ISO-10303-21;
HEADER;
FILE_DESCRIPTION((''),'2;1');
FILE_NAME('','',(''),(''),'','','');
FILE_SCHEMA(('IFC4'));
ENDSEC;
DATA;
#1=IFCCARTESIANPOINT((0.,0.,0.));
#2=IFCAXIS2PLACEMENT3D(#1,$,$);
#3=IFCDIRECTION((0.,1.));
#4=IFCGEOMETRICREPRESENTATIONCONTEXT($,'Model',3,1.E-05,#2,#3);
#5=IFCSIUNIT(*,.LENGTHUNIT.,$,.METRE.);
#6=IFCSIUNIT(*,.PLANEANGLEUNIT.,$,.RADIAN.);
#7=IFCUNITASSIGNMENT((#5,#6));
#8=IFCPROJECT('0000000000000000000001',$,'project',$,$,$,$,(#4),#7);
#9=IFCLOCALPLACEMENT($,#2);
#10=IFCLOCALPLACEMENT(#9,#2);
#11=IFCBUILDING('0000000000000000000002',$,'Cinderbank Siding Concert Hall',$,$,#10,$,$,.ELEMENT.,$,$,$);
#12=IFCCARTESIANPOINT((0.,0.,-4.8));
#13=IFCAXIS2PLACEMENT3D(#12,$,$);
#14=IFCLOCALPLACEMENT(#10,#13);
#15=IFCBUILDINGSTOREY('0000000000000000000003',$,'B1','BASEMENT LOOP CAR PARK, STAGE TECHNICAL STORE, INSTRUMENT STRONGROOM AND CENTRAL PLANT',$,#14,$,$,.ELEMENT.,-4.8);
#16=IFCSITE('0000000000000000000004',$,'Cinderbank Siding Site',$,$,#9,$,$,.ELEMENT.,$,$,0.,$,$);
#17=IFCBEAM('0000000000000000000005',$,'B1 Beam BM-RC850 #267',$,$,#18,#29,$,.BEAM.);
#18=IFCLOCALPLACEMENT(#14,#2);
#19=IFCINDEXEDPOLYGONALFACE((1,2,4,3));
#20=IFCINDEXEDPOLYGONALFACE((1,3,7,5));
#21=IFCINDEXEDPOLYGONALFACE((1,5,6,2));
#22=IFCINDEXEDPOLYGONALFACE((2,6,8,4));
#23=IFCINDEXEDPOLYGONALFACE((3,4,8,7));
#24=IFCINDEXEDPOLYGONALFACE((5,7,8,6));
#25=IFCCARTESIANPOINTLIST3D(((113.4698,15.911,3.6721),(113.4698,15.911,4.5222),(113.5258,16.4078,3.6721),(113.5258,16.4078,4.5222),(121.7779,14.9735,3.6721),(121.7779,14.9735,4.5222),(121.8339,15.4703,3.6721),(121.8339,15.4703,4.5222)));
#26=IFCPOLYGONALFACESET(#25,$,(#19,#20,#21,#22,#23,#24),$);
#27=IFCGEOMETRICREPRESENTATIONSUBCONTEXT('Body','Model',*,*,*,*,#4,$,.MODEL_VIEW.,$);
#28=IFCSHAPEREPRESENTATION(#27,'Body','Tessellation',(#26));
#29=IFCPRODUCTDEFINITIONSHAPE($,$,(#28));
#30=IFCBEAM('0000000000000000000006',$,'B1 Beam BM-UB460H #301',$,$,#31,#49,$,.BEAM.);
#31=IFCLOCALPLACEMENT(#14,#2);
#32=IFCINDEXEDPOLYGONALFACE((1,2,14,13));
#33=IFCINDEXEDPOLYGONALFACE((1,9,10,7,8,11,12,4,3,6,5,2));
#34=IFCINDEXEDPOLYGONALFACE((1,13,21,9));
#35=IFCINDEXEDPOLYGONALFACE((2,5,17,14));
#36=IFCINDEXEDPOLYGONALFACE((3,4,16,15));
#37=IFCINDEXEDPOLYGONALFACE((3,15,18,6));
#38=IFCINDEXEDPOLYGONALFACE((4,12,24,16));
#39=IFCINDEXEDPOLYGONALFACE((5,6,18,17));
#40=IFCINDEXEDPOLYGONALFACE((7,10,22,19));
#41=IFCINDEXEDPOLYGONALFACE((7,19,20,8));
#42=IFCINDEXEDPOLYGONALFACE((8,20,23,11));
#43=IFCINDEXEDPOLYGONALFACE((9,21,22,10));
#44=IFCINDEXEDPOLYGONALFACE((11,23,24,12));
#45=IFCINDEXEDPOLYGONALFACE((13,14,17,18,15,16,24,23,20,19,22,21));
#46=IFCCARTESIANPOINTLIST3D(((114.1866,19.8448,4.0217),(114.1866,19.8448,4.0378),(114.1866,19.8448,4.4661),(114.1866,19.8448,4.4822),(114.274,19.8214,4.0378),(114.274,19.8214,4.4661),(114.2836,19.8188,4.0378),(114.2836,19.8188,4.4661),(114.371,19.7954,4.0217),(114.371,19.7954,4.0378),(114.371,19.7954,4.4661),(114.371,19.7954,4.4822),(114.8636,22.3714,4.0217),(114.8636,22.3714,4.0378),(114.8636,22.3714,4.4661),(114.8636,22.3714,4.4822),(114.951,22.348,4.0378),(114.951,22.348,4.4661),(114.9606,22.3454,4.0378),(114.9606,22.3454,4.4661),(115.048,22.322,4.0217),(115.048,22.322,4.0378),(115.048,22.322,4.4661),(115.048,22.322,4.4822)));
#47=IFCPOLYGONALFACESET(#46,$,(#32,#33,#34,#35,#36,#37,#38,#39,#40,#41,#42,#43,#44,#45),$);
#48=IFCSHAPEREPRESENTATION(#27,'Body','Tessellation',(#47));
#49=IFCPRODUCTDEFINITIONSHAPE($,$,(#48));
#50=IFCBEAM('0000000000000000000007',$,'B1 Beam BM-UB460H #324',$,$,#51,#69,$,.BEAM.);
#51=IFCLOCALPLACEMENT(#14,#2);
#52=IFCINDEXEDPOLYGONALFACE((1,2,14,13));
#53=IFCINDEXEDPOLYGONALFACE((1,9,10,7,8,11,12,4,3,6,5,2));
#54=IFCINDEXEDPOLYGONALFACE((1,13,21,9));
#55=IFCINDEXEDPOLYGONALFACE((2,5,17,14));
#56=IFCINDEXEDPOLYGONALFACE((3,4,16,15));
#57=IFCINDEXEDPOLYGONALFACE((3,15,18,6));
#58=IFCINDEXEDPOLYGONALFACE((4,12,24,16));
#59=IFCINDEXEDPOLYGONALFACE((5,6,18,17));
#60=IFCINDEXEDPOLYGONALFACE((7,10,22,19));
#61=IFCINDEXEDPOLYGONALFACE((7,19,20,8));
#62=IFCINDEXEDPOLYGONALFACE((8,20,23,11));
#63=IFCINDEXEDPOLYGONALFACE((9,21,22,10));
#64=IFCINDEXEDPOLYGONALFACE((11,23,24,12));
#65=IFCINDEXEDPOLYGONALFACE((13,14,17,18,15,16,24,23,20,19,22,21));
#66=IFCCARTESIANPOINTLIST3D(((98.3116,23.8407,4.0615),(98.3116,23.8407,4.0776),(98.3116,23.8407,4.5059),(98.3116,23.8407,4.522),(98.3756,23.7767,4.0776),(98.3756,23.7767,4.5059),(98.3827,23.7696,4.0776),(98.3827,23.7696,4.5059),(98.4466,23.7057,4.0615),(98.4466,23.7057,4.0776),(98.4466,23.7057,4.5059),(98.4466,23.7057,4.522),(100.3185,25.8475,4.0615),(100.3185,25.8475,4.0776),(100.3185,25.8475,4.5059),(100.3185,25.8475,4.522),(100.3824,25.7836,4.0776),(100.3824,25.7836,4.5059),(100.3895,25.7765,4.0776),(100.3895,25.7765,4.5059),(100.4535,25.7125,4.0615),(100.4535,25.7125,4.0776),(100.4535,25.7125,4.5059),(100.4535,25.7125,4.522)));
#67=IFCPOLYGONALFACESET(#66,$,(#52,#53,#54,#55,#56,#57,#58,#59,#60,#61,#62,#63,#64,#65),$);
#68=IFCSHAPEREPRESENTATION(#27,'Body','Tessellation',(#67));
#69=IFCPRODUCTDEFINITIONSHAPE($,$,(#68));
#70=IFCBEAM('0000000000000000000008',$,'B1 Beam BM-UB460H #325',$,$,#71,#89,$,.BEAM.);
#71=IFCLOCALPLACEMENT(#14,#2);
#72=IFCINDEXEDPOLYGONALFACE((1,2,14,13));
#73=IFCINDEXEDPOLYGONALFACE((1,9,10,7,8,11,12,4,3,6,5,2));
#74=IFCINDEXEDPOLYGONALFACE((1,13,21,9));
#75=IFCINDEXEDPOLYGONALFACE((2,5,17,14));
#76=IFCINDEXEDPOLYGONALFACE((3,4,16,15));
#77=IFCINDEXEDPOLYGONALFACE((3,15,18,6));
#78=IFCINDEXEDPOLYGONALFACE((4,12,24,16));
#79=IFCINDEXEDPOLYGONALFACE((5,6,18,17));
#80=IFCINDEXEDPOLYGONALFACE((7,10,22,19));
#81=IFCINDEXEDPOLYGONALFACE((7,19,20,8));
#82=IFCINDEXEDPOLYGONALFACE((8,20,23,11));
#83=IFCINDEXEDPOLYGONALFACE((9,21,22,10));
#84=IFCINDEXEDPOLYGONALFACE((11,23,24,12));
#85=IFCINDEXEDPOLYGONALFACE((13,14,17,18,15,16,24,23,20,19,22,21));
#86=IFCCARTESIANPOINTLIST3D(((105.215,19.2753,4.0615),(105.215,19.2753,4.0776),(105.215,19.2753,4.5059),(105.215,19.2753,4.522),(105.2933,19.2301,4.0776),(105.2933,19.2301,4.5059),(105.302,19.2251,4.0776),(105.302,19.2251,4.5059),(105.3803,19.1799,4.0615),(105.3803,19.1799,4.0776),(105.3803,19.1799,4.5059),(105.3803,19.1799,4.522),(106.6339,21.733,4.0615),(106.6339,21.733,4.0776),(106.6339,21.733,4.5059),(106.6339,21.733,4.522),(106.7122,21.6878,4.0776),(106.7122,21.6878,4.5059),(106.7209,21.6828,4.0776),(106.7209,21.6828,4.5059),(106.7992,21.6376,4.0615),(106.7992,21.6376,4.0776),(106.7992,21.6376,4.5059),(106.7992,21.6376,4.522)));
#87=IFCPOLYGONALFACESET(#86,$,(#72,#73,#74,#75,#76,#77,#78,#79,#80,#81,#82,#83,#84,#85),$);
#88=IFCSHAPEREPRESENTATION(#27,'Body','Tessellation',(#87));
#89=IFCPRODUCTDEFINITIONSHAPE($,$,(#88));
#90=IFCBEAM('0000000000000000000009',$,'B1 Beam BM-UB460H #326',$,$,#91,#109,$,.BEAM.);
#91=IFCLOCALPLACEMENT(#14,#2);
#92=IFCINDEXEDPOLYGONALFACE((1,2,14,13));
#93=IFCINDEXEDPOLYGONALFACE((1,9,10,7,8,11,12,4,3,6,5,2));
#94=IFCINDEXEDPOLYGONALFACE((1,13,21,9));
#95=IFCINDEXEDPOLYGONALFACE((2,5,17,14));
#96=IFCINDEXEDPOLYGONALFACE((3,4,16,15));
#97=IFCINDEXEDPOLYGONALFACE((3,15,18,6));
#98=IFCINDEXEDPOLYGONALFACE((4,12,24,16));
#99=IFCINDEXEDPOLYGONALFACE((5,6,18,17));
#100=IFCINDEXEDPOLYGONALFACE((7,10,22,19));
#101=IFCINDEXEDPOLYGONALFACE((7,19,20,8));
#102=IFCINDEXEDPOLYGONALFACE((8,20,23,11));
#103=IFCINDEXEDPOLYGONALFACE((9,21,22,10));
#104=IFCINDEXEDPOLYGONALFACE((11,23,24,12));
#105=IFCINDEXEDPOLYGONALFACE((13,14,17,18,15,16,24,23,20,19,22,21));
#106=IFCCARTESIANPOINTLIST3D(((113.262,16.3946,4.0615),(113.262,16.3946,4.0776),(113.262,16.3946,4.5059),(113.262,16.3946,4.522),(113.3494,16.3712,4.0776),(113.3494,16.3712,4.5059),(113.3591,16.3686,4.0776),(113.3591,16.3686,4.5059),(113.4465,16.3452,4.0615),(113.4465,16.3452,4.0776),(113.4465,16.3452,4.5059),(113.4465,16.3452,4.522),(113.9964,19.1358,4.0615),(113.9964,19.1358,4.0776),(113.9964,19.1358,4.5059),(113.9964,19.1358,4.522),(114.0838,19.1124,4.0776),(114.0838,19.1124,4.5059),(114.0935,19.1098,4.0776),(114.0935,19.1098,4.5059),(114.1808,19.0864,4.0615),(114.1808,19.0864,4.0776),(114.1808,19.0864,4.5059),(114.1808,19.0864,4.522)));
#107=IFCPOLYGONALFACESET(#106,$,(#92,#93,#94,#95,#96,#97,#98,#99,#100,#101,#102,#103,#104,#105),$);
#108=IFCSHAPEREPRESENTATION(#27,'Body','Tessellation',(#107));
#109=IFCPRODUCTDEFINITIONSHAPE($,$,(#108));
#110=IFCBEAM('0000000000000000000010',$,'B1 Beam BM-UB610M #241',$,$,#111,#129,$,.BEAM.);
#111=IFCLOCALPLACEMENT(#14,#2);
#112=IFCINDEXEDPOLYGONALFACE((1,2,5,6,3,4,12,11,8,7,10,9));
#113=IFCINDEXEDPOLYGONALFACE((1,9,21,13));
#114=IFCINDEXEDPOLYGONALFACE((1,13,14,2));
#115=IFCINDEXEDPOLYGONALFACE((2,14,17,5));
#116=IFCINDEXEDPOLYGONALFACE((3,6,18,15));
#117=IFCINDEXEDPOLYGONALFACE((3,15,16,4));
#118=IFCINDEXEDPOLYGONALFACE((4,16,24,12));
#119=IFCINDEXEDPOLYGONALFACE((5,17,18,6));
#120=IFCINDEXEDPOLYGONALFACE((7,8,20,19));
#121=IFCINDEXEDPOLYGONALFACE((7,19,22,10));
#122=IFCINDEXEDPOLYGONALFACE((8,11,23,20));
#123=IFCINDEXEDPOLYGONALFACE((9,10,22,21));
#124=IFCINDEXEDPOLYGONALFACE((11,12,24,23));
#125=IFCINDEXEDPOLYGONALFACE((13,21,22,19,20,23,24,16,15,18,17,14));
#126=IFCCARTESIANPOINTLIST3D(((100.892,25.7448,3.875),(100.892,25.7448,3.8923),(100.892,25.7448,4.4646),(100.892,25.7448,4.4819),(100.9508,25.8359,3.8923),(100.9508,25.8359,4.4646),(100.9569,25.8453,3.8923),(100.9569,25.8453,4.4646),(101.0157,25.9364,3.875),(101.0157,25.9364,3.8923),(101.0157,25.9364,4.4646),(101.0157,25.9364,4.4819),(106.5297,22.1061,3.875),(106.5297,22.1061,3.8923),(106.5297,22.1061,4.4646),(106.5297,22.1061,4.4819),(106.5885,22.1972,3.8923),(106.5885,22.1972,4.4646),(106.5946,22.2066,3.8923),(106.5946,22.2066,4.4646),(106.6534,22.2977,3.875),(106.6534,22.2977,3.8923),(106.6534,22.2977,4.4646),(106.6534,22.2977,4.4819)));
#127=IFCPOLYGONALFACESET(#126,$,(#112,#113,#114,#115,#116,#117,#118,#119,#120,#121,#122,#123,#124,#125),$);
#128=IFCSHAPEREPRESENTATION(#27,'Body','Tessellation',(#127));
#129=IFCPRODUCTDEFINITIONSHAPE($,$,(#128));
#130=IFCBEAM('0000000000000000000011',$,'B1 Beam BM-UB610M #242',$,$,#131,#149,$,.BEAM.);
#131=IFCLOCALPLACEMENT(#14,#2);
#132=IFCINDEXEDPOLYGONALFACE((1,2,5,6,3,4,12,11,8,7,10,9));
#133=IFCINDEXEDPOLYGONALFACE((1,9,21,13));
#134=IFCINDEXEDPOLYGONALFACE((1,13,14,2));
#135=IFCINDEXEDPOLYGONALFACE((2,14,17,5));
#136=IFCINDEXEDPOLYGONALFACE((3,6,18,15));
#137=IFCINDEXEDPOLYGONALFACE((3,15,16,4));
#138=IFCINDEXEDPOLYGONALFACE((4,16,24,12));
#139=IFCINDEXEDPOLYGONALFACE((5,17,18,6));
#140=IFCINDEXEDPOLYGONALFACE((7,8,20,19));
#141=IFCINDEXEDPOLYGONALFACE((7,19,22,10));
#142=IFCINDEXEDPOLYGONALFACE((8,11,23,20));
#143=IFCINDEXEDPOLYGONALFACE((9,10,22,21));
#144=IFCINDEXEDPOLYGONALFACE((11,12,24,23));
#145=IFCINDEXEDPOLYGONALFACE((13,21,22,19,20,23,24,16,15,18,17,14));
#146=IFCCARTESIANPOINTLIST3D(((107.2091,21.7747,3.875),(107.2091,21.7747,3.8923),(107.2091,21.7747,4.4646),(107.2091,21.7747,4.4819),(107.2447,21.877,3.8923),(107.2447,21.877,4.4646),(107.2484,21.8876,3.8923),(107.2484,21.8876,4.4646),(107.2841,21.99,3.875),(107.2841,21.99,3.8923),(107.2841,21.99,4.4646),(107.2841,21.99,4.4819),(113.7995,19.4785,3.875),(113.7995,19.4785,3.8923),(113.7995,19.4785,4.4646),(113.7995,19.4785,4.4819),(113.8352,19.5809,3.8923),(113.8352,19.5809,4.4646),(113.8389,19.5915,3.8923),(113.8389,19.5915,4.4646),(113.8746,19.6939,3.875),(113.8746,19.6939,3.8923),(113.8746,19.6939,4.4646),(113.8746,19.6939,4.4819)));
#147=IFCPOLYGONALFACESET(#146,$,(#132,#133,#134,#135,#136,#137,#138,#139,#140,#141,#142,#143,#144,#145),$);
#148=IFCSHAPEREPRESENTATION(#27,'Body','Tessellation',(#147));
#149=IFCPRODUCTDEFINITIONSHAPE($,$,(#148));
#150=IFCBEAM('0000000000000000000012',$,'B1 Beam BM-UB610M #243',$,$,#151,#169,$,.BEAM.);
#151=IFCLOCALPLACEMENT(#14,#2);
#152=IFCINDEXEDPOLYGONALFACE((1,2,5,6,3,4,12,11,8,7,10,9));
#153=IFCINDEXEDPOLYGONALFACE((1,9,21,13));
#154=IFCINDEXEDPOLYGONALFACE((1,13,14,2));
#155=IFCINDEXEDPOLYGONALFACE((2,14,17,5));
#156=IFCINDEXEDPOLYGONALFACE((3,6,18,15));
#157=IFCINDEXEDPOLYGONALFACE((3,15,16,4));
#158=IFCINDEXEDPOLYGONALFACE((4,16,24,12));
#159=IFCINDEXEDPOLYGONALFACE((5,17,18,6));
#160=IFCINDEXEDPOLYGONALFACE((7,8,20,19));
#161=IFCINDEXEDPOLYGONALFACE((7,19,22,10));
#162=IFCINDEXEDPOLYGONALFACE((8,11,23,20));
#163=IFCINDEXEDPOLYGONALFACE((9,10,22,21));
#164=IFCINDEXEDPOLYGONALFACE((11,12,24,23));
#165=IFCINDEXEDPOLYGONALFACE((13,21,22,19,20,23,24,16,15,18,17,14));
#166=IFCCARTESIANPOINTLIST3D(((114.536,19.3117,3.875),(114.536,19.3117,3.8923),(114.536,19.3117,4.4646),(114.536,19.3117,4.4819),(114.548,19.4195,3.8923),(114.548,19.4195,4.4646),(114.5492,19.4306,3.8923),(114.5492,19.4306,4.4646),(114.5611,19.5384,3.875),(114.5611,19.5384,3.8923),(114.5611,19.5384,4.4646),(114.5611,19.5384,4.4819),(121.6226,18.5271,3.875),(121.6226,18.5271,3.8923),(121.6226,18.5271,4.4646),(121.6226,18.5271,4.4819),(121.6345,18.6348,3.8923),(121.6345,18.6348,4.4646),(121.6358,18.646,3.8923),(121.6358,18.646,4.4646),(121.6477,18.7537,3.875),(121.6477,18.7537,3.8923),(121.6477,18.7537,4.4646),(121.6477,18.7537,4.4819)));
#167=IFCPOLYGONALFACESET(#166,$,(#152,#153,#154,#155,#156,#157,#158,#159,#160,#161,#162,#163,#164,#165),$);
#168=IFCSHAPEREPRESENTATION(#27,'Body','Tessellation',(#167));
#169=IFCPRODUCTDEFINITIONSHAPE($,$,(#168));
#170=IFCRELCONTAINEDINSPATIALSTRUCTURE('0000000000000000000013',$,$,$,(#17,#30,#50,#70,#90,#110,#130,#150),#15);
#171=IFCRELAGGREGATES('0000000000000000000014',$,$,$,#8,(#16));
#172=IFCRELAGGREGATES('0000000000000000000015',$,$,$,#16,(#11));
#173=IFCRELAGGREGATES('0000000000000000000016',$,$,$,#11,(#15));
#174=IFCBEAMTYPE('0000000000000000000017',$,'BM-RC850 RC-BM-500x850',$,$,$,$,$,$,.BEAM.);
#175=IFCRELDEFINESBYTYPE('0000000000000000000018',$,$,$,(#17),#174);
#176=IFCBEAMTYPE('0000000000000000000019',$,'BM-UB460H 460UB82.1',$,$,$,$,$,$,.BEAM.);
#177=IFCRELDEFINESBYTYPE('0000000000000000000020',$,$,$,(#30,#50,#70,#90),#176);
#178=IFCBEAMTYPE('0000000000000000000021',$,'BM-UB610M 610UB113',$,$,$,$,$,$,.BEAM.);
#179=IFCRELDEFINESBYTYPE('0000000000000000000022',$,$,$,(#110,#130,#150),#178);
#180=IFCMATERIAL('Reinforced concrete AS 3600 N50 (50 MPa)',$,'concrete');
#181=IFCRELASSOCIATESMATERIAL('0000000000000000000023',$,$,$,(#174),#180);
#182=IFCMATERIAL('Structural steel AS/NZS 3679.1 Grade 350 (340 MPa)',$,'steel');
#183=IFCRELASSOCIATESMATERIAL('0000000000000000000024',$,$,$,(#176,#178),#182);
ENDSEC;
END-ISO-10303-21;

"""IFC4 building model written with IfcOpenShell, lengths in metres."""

from ifc_helpers import new_model, si_unit, direction, frame, origin, origin_2d, place, context, subcontext, project, spatial, rectangle, i_section, extrude, material, material_profile, profile_set, type_object, element, save


model = new_model("IFC4")

# Units and contexts
model_context = context("Model", 3, precision=1e-05, world=origin(), true_north=direction((0.0, 1.0)))
body_context = subcontext(model_context, "Body", "Model", "MODEL_VIEW")
ifc_project = project(units=[si_unit("LENGTHUNIT", "METRE"), si_unit("PLANEANGLEUNIT", "RADIAN")], contexts=[model_context])

# Site, building, storey
site_placement = place(None, origin())
site = spatial("IfcSite", under=ifc_project, at=site_placement, Name="Cinderbank Siding Site", CompositionType="ELEMENT", RefElevation=0.0)
building_placement = place(site_placement, origin())
building = spatial("IfcBuilding", under=site, at=building_placement, Name="Cinderbank Siding Concert Hall", CompositionType="ELEMENT")
storey_placement = place(building_placement, frame((0.0, 0.0, -4.8)))
storey = spatial("IfcBuildingStorey", under=building, at=storey_placement, Name="B1", Description="BASEMENT LOOP CAR PARK, STAGE TECHNICAL STORE, INSTRUMENT STRONGROOM AND CENTRAL PLANT", CompositionType="ELEMENT", Elevation=-4.8)

# Shared definitions
ifc_material_1 = material(Name="Reinforced concrete AS 3600 N50 (50 MPa)", Category="concrete")

# Beams
ifc_material_profile_1 = material_profile(ifc_material_1, rectangle(XDim=0.5, YDim=0.8501, at=origin_2d()), Name="RC-BM-500x850", Category="LoadBearing")
ifc_profile_set_1 = profile_set([ifc_material_profile_1], Name="Reinforced concrete AS 3600 N50 (50 MPa)")
beam_type_1 = type_object("IfcBeamType", Name="BM-RC850 RC-BM-500x850", PredefinedType="BEAM", material=ifc_profile_set_1)
beam_1_placement = place(storey_placement, frame((113.4978, 16.1594, 4.0972), z_axis=(0.993694, -0.11213, 0.0), x_axis=(0.11213, 0.993694, 0.0)))
element("IfcBeam", 1, at=beam_1_placement, inside=storey, type_object=beam_type_1, Name="B1 Beam BM-RC850 #267", PredefinedType="BEAM", context=body_context, shape_type="SweptSolid", body=[
    extrude(rectangle(XDim=0.5, YDim=0.8501, at=origin_2d()), origin(), (0.0, 0.0, 1.0), 8.3608),
])
ifc_material_2 = material(Name="Structural steel AS/NZS 3679.1 Grade 350 (340 MPa)", Category="steel")
ifc_material_profile_2 = material_profile(ifc_material_2, i_section(OverallWidth=0.1909, OverallDepth=0.4604, WebThickness=0.01, FlangeThickness=0.0161, at=origin_2d()), Name="460UB82.1", Category="LoadBearing")
ifc_profile_set_2 = profile_set([ifc_material_profile_2], Name="Structural steel AS/NZS 3679.1 Grade 350 (340 MPa)")
beam_type_2 = type_object("IfcBeamType", Name="BM-UB460H 460UB82.1", PredefinedType="BEAM", material=ifc_profile_set_2)
beam_2_placement = place(storey_placement, frame((114.9558, 22.3467, 4.252), z_axis=(-0.258819, -0.965926, 0.0), x_axis=(0.965926, -0.258819, 0.0)))
element("IfcBeam", 2, at=beam_2_placement, inside=storey, type_object=beam_type_2, Name="B1 Beam BM-UB460H #301", PredefinedType="BEAM", context=body_context, shape_type="SweptSolid", body=[
    extrude(i_section(OverallWidth=0.1909, OverallDepth=0.4604, WebThickness=0.01, FlangeThickness=0.0161, at=origin_2d()), origin(), (0.0, 0.0, 1.0), 2.6157),
])
beam_3_placement = place(storey_placement, frame((100.386, 25.78, 4.2917), z_axis=(-0.707107, -0.707107, 0.0), x_axis=(0.707107, -0.707107, 0.0)))
element("IfcBeam", 3, at=beam_3_placement, inside=storey, type_object=beam_type_2, Name="B1 Beam BM-UB460H #324", PredefinedType="BEAM", context=body_context, shape_type="SweptSolid", body=[
    extrude(i_section(OverallWidth=0.1909, OverallDepth=0.4604, WebThickness=0.01, FlangeThickness=0.0161, at=origin_2d()), origin(), (0.0, 0.0, 1.0), 2.8381),
])
for number, where, z_axis, x_axis, name in (
    (4, (106.7166, 21.6853, 4.2917), (-0.499988, -0.866032, 0.0), (0.866032, -0.499988, 0.0), "B1 Beam BM-UB460H #325"),
    (5, (114.0886, 19.1111, 4.2917), (-0.258776, -0.965937, 0.0), (0.965937, -0.258776, 0.0), "B1 Beam BM-UB460H #326"),
):
    element("IfcBeam", number, at=place(storey_placement, frame(where, z_axis=z_axis, x_axis=x_axis)), inside=storey, type_object=beam_type_2, Name=name, PredefinedType="BEAM", context=body_context, shape_type="SweptSolid", body=[
        extrude(i_section(OverallWidth=0.1909, OverallDepth=0.4604, WebThickness=0.01, FlangeThickness=0.0161, at=origin_2d()), origin(), (0.0, 0.0, 1.0), 2.8379),
    ])
ifc_material_profile_3 = material_profile(ifc_material_2, i_section(OverallWidth=0.228, OverallDepth=0.6069, WebThickness=0.0112, FlangeThickness=0.0173, at=origin_2d()), Name="610UB113", Category="LoadBearing")
ifc_profile_set_3 = profile_set([ifc_material_profile_3], Name="Structural steel AS/NZS 3679.1 Grade 350 (340 MPa)")
beam_type_3 = type_object("IfcBeamType", Name="BM-UB610M 610UB113", PredefinedType="BEAM", material=ifc_profile_set_3)
beam_4_placement = place(storey_placement, frame((100.9539, 25.8406, 4.1785), z_axis=(0.840198, -0.542279, 0.0), x_axis=(0.542279, 0.840198, 0.0)))
element("IfcBeam", 6, at=beam_4_placement, inside=storey, type_object=beam_type_3, Name="B1 Beam BM-UB610M #241", PredefinedType="BEAM", context=body_context, shape_type="SweptSolid", body=[
    extrude(i_section(OverallWidth=0.228, OverallDepth=0.6069, WebThickness=0.0112, FlangeThickness=0.0173, at=origin_2d()), origin(), (0.0, 0.0, 1.0), 6.71),
])
beam_5_placement = place(storey_placement, frame((107.2466, 21.8823, 4.1785), z_axis=(0.944329, -0.329002, 0.0), x_axis=(0.329002, 0.944329, 0.0)))
element("IfcBeam", 7, at=beam_5_placement, inside=storey, type_object=beam_type_3, Name="B1 Beam BM-UB610M #242", PredefinedType="BEAM", context=body_context, shape_type="SweptSolid", body=[
    extrude(i_section(OverallWidth=0.228, OverallDepth=0.6069, WebThickness=0.0112, FlangeThickness=0.0173, at=origin_2d()), origin(), (0.0, 0.0, 1.0), 6.979),
])
beam_6_placement = place(storey_placement, frame((114.5486, 19.425, 4.1785), z_axis=(0.993926, -0.110052, 0.0), x_axis=(0.110052, 0.993926, 0.0)))
element("IfcBeam", 8, at=beam_6_placement, inside=storey, type_object=beam_type_3, Name="B1 Beam BM-UB610M #243", PredefinedType="BEAM", context=body_context, shape_type="SweptSolid", body=[
    extrude(i_section(OverallWidth=0.228, OverallDepth=0.6069, WebThickness=0.0112, FlangeThickness=0.0173, at=origin_2d()), origin(), (0.0, 0.0, 1.0), 7.1299),
])

save(model, "model.ifc")
